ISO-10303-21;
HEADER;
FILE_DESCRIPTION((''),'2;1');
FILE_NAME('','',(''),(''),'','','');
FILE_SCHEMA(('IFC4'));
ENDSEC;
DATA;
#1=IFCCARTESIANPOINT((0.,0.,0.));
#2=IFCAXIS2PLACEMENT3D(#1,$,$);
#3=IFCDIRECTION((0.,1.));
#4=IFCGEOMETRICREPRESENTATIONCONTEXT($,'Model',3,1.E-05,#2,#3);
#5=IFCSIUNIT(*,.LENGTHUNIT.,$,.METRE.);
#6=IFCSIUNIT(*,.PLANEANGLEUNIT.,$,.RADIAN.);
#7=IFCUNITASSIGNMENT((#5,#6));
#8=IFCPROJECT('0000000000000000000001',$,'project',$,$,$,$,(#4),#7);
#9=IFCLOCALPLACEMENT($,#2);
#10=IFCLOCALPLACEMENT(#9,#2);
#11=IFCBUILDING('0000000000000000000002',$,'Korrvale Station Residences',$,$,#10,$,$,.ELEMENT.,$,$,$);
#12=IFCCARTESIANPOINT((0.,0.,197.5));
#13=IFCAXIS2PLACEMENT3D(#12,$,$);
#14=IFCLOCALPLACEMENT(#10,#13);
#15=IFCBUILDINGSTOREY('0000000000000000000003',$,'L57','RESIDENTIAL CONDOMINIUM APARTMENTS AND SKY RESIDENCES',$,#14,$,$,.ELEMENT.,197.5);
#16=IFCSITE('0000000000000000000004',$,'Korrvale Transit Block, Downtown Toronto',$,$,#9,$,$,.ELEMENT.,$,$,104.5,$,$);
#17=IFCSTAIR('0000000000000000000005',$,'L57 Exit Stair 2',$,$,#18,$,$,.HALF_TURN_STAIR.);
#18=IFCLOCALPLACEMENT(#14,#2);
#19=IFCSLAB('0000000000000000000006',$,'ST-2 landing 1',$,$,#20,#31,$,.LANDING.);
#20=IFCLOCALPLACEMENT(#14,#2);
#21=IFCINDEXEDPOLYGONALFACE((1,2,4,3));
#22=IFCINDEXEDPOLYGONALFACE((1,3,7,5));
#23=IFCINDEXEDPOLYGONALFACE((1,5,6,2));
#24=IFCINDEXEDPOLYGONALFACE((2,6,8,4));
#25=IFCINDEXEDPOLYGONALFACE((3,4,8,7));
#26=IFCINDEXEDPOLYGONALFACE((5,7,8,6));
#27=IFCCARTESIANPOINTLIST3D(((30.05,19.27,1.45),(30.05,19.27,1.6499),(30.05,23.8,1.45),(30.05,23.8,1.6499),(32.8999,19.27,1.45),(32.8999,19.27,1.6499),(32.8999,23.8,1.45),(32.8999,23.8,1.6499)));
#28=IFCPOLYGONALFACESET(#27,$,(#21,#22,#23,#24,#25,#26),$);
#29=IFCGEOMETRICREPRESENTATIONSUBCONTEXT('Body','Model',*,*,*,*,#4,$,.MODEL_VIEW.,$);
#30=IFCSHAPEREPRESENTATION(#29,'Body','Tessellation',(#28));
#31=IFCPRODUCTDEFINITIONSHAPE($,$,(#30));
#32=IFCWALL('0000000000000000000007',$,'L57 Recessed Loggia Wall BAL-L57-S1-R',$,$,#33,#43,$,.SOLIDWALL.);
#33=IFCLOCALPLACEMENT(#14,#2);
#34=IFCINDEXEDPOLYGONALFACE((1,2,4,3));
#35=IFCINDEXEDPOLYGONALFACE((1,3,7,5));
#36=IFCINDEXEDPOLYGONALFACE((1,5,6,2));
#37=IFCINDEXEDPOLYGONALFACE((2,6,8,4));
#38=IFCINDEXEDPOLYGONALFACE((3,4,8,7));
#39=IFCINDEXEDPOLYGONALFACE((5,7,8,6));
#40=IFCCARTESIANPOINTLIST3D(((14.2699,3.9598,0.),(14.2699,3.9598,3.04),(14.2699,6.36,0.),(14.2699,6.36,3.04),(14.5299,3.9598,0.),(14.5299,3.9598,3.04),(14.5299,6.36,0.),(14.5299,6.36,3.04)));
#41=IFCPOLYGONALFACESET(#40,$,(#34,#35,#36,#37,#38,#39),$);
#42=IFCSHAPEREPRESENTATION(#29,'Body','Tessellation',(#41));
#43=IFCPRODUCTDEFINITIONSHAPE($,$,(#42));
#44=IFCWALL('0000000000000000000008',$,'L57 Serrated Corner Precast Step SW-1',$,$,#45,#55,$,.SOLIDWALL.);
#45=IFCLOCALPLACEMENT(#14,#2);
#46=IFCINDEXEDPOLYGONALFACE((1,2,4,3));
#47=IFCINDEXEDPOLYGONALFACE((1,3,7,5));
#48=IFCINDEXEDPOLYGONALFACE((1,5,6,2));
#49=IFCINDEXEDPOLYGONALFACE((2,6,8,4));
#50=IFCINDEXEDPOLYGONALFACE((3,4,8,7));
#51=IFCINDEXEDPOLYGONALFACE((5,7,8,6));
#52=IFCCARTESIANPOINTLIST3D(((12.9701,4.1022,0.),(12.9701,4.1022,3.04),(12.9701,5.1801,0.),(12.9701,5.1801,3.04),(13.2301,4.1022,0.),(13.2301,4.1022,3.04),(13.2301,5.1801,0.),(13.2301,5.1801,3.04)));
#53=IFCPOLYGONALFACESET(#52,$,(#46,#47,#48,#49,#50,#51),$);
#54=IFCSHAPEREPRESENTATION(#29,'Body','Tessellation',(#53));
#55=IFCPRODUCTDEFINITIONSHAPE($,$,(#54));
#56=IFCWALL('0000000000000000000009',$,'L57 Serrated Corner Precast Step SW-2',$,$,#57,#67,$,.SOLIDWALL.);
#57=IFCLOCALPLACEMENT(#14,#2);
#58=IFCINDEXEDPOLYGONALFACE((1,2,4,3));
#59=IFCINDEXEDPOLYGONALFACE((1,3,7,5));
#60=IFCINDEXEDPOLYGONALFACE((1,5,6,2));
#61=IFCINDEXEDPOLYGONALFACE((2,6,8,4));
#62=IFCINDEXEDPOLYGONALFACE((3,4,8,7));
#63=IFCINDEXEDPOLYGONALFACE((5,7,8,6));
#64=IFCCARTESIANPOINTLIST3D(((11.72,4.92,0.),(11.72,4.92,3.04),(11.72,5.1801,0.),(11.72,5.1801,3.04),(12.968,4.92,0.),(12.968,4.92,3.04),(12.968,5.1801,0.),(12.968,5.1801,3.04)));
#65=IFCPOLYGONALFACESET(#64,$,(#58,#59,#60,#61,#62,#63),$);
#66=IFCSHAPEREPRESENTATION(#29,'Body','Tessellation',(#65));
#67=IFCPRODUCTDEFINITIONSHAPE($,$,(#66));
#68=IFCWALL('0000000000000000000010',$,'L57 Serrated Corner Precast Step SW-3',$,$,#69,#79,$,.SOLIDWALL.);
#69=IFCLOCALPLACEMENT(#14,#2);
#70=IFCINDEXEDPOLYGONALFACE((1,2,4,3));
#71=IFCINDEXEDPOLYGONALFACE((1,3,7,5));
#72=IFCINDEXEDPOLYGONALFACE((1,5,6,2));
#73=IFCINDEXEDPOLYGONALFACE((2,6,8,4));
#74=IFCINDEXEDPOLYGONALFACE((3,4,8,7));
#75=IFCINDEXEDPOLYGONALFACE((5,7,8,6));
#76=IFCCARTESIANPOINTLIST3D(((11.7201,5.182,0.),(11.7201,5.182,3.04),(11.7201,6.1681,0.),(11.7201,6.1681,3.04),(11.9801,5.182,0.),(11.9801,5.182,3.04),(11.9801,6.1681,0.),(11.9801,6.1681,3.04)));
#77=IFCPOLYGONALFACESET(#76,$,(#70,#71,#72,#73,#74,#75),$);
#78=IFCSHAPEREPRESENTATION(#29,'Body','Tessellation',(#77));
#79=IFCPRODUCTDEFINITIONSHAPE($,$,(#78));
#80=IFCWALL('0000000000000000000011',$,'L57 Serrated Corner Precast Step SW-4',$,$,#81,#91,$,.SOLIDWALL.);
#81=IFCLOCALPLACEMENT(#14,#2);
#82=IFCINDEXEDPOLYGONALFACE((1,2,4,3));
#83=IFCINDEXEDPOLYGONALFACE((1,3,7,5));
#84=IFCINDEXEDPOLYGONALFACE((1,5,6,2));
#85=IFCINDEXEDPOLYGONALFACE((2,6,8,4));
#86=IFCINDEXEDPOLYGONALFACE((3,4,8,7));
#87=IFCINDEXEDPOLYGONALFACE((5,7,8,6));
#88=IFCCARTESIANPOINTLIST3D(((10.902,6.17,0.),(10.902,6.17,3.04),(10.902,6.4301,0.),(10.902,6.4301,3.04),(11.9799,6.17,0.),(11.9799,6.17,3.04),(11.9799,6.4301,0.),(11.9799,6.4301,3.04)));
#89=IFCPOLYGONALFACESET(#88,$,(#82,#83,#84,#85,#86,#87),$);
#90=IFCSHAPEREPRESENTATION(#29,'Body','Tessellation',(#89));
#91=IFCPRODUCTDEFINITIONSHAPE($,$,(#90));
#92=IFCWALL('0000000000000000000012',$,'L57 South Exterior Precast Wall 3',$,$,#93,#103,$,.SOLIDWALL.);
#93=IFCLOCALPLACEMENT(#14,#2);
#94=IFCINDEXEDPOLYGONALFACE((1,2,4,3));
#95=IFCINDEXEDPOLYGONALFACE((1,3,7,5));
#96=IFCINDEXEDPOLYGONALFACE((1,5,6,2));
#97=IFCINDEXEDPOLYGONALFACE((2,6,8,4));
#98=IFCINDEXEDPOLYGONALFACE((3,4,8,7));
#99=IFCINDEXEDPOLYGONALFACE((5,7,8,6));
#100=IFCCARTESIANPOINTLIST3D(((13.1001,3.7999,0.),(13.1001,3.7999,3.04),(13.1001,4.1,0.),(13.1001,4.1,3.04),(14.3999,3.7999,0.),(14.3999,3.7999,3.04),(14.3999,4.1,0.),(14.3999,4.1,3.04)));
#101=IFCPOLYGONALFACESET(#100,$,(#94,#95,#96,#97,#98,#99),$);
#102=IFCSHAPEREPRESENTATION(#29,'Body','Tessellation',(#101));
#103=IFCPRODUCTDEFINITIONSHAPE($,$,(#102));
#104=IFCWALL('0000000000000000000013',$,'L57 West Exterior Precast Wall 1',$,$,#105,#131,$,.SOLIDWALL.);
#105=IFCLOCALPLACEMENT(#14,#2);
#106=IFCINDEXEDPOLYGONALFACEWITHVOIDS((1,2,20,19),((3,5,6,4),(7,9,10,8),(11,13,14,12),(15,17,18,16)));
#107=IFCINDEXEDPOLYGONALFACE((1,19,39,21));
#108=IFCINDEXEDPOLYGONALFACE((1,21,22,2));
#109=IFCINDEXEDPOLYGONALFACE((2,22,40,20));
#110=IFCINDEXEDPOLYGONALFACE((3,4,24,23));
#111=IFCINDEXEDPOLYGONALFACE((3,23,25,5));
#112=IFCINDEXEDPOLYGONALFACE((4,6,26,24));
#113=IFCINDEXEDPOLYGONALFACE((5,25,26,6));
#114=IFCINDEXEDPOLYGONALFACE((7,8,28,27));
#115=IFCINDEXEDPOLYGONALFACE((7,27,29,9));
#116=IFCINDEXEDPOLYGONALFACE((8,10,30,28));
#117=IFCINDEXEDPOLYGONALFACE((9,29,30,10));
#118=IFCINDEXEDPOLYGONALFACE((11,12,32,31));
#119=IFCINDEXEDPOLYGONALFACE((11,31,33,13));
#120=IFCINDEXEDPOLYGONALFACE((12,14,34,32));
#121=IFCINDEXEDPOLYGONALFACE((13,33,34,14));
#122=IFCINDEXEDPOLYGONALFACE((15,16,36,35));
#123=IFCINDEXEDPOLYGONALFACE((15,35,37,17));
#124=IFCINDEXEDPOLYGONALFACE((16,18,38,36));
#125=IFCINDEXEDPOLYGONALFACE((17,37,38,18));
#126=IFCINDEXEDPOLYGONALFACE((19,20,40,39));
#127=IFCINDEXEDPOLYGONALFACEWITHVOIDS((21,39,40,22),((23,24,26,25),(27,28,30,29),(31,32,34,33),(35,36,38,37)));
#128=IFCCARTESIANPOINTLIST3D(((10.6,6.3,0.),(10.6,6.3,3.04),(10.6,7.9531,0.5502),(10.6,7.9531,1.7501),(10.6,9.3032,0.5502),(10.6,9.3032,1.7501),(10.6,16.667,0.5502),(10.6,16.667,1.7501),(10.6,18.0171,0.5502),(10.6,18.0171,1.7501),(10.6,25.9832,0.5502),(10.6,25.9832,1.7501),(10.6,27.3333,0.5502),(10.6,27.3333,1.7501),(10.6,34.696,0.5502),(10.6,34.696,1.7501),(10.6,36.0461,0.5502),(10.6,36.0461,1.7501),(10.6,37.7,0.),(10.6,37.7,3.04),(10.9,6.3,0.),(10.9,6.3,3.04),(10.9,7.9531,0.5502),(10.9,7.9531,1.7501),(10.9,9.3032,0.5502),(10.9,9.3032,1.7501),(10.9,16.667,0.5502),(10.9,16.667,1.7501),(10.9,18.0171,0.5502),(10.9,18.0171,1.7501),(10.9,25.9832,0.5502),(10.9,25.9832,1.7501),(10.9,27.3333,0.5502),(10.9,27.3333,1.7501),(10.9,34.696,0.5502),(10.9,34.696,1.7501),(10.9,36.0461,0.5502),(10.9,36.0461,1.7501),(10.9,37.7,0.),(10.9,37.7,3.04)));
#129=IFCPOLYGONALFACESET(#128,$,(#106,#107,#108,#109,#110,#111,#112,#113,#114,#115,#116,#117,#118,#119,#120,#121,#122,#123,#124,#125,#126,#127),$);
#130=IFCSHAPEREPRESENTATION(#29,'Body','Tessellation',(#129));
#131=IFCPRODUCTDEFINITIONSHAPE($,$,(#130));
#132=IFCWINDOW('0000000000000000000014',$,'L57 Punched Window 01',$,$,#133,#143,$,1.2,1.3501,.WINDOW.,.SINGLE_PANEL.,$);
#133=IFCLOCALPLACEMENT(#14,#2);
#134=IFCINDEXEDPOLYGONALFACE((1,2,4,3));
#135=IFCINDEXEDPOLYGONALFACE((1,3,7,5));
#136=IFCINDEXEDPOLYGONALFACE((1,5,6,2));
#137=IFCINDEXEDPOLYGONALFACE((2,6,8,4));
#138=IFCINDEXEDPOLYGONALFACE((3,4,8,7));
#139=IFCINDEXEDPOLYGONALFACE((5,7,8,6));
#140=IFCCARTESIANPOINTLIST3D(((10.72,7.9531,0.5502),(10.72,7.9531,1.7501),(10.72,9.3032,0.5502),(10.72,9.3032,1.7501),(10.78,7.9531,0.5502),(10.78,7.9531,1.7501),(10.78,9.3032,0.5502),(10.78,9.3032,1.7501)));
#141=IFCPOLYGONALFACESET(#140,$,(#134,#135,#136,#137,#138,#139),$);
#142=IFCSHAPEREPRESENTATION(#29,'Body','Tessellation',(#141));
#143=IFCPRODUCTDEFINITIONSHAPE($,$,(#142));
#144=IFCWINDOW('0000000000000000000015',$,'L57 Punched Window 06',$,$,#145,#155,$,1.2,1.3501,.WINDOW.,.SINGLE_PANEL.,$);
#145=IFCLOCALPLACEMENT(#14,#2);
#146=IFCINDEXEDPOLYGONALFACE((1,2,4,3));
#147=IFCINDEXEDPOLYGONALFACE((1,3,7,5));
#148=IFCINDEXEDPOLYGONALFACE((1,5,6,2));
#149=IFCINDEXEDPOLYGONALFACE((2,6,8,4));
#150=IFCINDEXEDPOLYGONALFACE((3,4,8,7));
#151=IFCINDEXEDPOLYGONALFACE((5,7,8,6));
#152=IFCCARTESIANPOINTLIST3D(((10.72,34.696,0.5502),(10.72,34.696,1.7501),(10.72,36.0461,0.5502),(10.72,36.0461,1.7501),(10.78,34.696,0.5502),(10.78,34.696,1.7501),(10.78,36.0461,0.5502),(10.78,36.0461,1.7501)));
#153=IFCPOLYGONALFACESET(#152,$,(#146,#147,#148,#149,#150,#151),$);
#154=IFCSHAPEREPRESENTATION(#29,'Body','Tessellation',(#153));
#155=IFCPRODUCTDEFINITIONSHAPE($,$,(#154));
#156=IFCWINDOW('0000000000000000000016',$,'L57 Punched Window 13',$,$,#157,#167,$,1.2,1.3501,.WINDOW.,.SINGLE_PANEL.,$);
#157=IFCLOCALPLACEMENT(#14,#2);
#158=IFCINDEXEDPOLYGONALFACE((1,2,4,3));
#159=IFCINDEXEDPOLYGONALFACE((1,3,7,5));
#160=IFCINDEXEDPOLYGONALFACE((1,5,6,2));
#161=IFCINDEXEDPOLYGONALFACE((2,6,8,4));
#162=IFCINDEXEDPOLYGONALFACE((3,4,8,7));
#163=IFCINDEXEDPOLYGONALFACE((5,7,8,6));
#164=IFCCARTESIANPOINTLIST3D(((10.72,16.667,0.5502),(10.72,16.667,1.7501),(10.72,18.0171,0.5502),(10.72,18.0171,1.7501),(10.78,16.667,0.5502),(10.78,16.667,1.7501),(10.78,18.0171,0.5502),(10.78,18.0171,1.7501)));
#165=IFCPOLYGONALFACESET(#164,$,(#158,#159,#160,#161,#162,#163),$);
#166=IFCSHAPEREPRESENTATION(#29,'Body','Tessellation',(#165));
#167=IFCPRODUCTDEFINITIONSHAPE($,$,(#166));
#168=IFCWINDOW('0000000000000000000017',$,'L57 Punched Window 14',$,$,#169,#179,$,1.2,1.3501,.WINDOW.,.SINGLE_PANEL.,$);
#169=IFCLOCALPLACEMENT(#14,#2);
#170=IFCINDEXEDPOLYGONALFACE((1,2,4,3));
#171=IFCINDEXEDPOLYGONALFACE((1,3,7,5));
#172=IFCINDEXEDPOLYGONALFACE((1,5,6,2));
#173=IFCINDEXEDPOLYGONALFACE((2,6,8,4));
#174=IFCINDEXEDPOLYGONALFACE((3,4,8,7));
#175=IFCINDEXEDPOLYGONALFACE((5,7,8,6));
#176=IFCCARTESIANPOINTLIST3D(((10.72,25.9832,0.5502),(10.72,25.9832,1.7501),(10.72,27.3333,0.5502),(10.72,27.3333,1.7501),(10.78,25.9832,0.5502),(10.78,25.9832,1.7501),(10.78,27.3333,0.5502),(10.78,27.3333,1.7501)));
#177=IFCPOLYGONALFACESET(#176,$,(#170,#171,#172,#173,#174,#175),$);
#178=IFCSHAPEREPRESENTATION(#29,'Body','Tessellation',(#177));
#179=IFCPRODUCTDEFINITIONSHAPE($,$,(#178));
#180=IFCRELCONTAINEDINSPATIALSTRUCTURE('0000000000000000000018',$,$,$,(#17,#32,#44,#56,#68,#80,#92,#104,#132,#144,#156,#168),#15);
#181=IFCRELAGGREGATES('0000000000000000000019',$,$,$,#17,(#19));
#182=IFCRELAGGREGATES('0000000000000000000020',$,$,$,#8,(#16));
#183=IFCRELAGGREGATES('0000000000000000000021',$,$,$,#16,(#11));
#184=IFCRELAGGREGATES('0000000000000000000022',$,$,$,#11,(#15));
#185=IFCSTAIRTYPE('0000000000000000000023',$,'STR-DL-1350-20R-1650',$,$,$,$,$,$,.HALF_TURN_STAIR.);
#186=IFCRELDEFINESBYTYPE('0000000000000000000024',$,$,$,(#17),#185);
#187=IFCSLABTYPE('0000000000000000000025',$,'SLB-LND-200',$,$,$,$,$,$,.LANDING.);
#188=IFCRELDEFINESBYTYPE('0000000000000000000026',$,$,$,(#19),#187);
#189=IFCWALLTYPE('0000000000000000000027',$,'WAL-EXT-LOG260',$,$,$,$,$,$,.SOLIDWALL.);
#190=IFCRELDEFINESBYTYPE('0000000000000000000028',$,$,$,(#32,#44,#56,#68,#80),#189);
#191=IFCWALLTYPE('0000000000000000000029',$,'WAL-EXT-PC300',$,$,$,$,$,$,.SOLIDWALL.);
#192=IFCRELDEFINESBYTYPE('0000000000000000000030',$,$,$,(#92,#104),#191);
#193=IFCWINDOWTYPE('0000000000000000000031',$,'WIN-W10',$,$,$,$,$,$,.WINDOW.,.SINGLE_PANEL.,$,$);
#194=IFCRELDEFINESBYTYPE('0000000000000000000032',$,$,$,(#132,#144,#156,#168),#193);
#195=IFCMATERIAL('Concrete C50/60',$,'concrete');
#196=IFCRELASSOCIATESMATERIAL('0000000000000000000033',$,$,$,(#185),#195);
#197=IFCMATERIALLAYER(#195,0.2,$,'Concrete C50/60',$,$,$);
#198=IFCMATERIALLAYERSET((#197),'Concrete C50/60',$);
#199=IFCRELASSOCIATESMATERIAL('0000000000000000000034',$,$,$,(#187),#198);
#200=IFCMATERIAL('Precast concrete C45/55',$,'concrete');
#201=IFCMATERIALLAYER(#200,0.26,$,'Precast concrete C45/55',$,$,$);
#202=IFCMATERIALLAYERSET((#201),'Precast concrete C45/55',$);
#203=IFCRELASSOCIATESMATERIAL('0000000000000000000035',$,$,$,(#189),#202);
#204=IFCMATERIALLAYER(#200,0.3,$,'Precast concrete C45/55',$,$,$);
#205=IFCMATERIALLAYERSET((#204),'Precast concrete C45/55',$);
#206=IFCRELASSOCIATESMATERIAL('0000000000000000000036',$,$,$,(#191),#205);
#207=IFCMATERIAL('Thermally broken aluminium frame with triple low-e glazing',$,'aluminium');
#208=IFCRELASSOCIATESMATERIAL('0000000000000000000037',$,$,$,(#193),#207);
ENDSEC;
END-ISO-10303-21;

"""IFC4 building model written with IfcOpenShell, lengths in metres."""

from ifc_helpers import new_model, si_unit, direction, frame, frame_2d, origin, place, context, subcontext, project, spatial, polyline, rectangle, outline, extrude, material, layer, layer_set, type_object, element, fill, aggregate, save


model = new_model("IFC4")

# Units and contexts
model_context = context("Model", 3, precision=1e-05, world=origin(), true_north=direction((0.0, 1.0)))
body_context = subcontext(model_context, "Body", "Model", "MODEL_VIEW")
ifc_project = project(units=[si_unit("LENGTHUNIT", "METRE"), si_unit("PLANEANGLEUNIT", "RADIAN")], contexts=[model_context])

# Site, building, storey
site_placement = place(None, origin())
site = spatial("IfcSite", under=ifc_project, at=site_placement, Name="Korrvale Transit Block, Downtown Toronto", CompositionType="ELEMENT", RefElevation=104.5)
building_placement = place(site_placement, origin())
building = spatial("IfcBuilding", under=site, at=building_placement, Name="Korrvale Station Residences", CompositionType="ELEMENT")
storey_placement = place(building_placement, frame((0.0, 0.0, 197.5)))
storey = spatial("IfcBuildingStorey", under=building, at=storey_placement, Name="L57", Description="RESIDENTIAL CONDOMINIUM APARTMENTS AND SKY RESIDENCES", CompositionType="ELEMENT", Elevation=197.5)

# Shared definitions
ifc_material_1 = material(Name="Concrete C50/60", Category="concrete")

# Stair, slab
stair_type = type_object("IfcStairType", Name="STR-DL-1350-20R-1650", PredefinedType="HALF_TURN_STAIR", material=ifc_material_1)
ifc_layer_1 = layer(ifc_material_1, 0.2, Name="Concrete C50/60")
ifc_layer_set_1 = layer_set([ifc_layer_1], Name="Concrete C50/60")
slab_type_1 = type_object("IfcSlabType", Name="SLB-LND-200", PredefinedType="LANDING", material=ifc_layer_set_1)
stair_1_placement = place(storey_placement, origin())
stair_1 = element("IfcStair", 1, at=stair_1_placement, inside=storey, type_object=stair_type, Name="L57 Exit Stair 2", PredefinedType="HALF_TURN_STAIR")
slab_1_placement = place(storey_placement, frame((0.0, 0.0, 1.45)))
slab_1 = element("IfcSlab", 2, at=slab_1_placement, type_object=slab_type_1, Name="ST-2 landing 1", PredefinedType="LANDING", context=body_context, shape_type="SweptSolid", body=[
    extrude(outline(polyline([(32.8999, 19.27), (32.8999, 23.8), (30.05, 23.8), (30.05, 19.27), (32.8999, 19.27)])), origin(), (0.0, 0.0, 1.0), 0.2),
])
aggregate(stair_1, [slab_1])

# Walls
ifc_material_2 = material(Name="Precast concrete C45/55", Category="concrete")
ifc_layer_2 = layer(ifc_material_2, 0.26, Name="Precast concrete C45/55")
ifc_layer_set_2 = layer_set([ifc_layer_2], Name="Precast concrete C45/55")
wall_type_1 = type_object("IfcWallType", Name="WAL-EXT-LOG260", PredefinedType="SOLIDWALL", material=ifc_layer_set_2)
wall_1_placement = place(storey_placement, frame((14.3999, 6.3601, 0.0), z_axis=(0.0, 0.0, 1.0), x_axis=(0.0, -1.0, 0.0)))
element("IfcWall", 3, at=wall_1_placement, inside=storey, type_object=wall_type_1, Name="L57 Recessed Loggia Wall BAL-L57-S1-R", PredefinedType="SOLIDWALL", context=body_context, shape_type="SweptSolid", body=[
    extrude(rectangle(XDim=2.4001, YDim=0.26, at=frame_2d((1.2002, 0.0))), origin(), (0.0, 0.0, 1.0), 3.04),
])
wall_2_placement = place(storey_placement, frame((13.1001, 4.1021, 0.0), z_axis=(0.0, 0.0, 1.0), x_axis=(0.0, 1.0, 0.0)))
element("IfcWall", 4, at=wall_2_placement, inside=storey, type_object=wall_type_1, Name="L57 Serrated Corner Precast Step SW-1", PredefinedType="SOLIDWALL", context=body_context, shape_type="SweptSolid", body=[
    extrude(rectangle(XDim=1.0779, YDim=0.26, at=frame_2d((0.5391, 0.0))), origin(), (0.0, 0.0, 1.0), 3.04),
])
wall_3_placement = place(storey_placement, frame((12.968, 5.05, 0.0), z_axis=(0.0, 0.0, 1.0), x_axis=(-1.0, 0.0, 0.0)))
element("IfcWall", 5, at=wall_3_placement, inside=storey, type_object=wall_type_1, Name="L57 Serrated Corner Precast Step SW-2", PredefinedType="SOLIDWALL", context=body_context, shape_type="SweptSolid", body=[
    extrude(rectangle(XDim=1.248, YDim=0.26, at=frame_2d((0.624, 0.0))), origin(), (0.0, 0.0, 1.0), 3.04),
])
wall_4_placement = place(storey_placement, frame((11.8501, 5.1819, 0.0), z_axis=(0.0, 0.0, 1.0), x_axis=(0.0, 1.0, 0.0)))
element("IfcWall", 6, at=wall_4_placement, inside=storey, type_object=wall_type_1, Name="L57 Serrated Corner Precast Step SW-3", PredefinedType="SOLIDWALL", context=body_context, shape_type="SweptSolid", body=[
    extrude(rectangle(XDim=0.9861, YDim=0.26, at=frame_2d((0.4932, 0.0))), origin(), (0.0, 0.0, 1.0), 3.04),
])
wall_5_placement = place(storey_placement, frame((11.98, 6.3, 0.0), z_axis=(0.0, 0.0, 1.0), x_axis=(-1.0, 0.0, 0.0)))
element("IfcWall", 7, at=wall_5_placement, inside=storey, type_object=wall_type_1, Name="L57 Serrated Corner Precast Step SW-4", PredefinedType="SOLIDWALL", context=body_context, shape_type="SweptSolid", body=[
    extrude(rectangle(XDim=1.0779, YDim=0.26, at=frame_2d((0.5391, 0.0))), origin(), (0.0, 0.0, 1.0), 3.04),
])
ifc_layer_3 = layer(ifc_material_2, 0.3, Name="Precast concrete C45/55")
ifc_layer_set_3 = layer_set([ifc_layer_3], Name="Precast concrete C45/55")
wall_type_2 = type_object("IfcWallType", Name="WAL-EXT-PC300", PredefinedType="SOLIDWALL", material=ifc_layer_set_3)
wall_6_placement = place(storey_placement, frame((14.3999, 3.95, 0.0), z_axis=(0.0, 0.0, 1.0), x_axis=(-1.0, 0.0, 0.0)))
element("IfcWall", 8, at=wall_6_placement, inside=storey, type_object=wall_type_2, Name="L57 South Exterior Precast Wall 3", PredefinedType="SOLIDWALL", context=body_context, shape_type="SweptSolid", body=[
    extrude(rectangle(XDim=1.2998, YDim=0.3, at=frame_2d((0.6499, 0.0))), origin(), (0.0, 0.0, 1.0), 3.04),
])

# Wall, openings, windows
wall_7_placement = place(storey_placement, frame((10.75, 6.3, 0.0), z_axis=(0.0, 0.0, 1.0), x_axis=(0.0, 1.0, 0.0)))
wall_7 = element("IfcWall", 9, at=wall_7_placement, inside=storey, type_object=wall_type_2, Name="L57 West Exterior Precast Wall 1", PredefinedType="SOLIDWALL", context=body_context, shape_type="SweptSolid", body=[
    extrude(rectangle(XDim=31.3999, YDim=0.3, at=frame_2d((15.7, 0.0))), origin(), (0.0, 0.0, 1.0), 3.04),
])
opening_1_placement = place(wall_7_placement, frame((1.6531, 0.0, 0.55)))
opening_1 = element("IfcOpeningElement", 10, at=opening_1_placement, cuts=wall_7, PredefinedType="OPENING", context=body_context, shape_type="SweptSolid", body=[
    extrude(rectangle(XDim=1.3501, YDim=1.2, at=frame_2d((0.675, 0.6001))), frame((0.0, 0.1602, 0.0), z_axis=(0.0, -1.0, 0.0), x_axis=(1.0, 0.0, 0.0)), (0.0, 0.0, 1.0), 0.3201),
])
opening_2_placement = place(wall_7_placement, frame((28.396, 0.0, 0.55)))
opening_2 = element("IfcOpeningElement", 11, at=opening_2_placement, cuts=wall_7, PredefinedType="OPENING", context=body_context, shape_type="SweptSolid", body=[
    extrude(rectangle(XDim=1.3501, YDim=1.2, at=frame_2d((0.675, 0.6001))), frame((0.0, 0.1602, 0.0), z_axis=(0.0, -1.0, 0.0), x_axis=(1.0, 0.0, 0.0)), (0.0, 0.0, 1.0), 0.3201),
])
opening_3_placement = place(wall_7_placement, frame((10.3669, 0.0, 0.55)))
opening_3 = element("IfcOpeningElement", 12, at=opening_3_placement, cuts=wall_7, PredefinedType="OPENING", context=body_context, shape_type="SweptSolid", body=[
    extrude(rectangle(XDim=1.3501, YDim=1.2, at=frame_2d((0.675, 0.6001))), frame((0.0, 0.1602, 0.0), z_axis=(0.0, -1.0, 0.0), x_axis=(1.0, 0.0, 0.0)), (0.0, 0.0, 1.0), 0.3201),
])
opening_4_placement = place(wall_7_placement, frame((19.6831, 0.0, 0.55)))
opening_4 = element("IfcOpeningElement", 13, at=opening_4_placement, cuts=wall_7, PredefinedType="OPENING", context=body_context, shape_type="SweptSolid", body=[
    extrude(rectangle(XDim=1.3501, YDim=1.2, at=frame_2d((0.675, 0.6001))), frame((0.0, 0.1602, 0.0), z_axis=(0.0, -1.0, 0.0), x_axis=(1.0, 0.0, 0.0)), (0.0, 0.0, 1.0), 0.3201),
])
ifc_material_3 = material(Name="Thermally broken aluminium frame with triple low-e glazing", Category="aluminium")
window_type = type_object("IfcWindowType", Name="WIN-W10", PartitioningType="SINGLE_PANEL", PredefinedType="WINDOW", material=ifc_material_3)
window_1_placement = place(opening_1_placement, origin())
window_1 = element("IfcWindow", 14, at=window_1_placement, inside=storey, type_object=window_type, Name="L57 Punched Window 01", OverallHeight=1.2, OverallWidth=1.3501, PartitioningType="SINGLE_PANEL", PredefinedType="WINDOW", context=body_context, shape_type="SweptSolid", body=[
    extrude(rectangle(XDim=1.3501, YDim=1.2, at=frame_2d((0.675, 0.6001))), frame((0.0, 0.03, 0.0), z_axis=(0.0, -1.0, 0.0), x_axis=(1.0, 0.0, 0.0)), (0.0, 0.0, 1.0), 0.0601),
])
fill(opening_1, window_1)
window_2_placement = place(opening_2_placement, origin())
window_2 = element("IfcWindow", 15, at=window_2_placement, inside=storey, type_object=window_type, Name="L57 Punched Window 06", OverallHeight=1.2, OverallWidth=1.3501, PartitioningType="SINGLE_PANEL", PredefinedType="WINDOW", context=body_context, shape_type="SweptSolid", body=[
    extrude(rectangle(XDim=1.3501, YDim=1.2, at=frame_2d((0.675, 0.6001))), frame((0.0, 0.03, 0.0), z_axis=(0.0, -1.0, 0.0), x_axis=(1.0, 0.0, 0.0)), (0.0, 0.0, 1.0), 0.0601),
])
fill(opening_2, window_2)
window_3_placement = place(opening_3_placement, origin())
window_3 = element("IfcWindow", 16, at=window_3_placement, inside=storey, type_object=window_type, Name="L57 Punched Window 13", OverallHeight=1.2, OverallWidth=1.3501, PartitioningType="SINGLE_PANEL", PredefinedType="WINDOW", context=body_context, shape_type="SweptSolid", body=[
    extrude(rectangle(XDim=1.3501, YDim=1.2, at=frame_2d((0.675, 0.6001))), frame((0.0, 0.03, 0.0), z_axis=(0.0, -1.0, 0.0), x_axis=(1.0, 0.0, 0.0)), (0.0, 0.0, 1.0), 0.0601),
])
fill(opening_3, window_3)
window_4_placement = place(opening_4_placement, origin())
window_4 = element("IfcWindow", 17, at=window_4_placement, inside=storey, type_object=window_type, Name="L57 Punched Window 14", OverallHeight=1.2, OverallWidth=1.3501, PartitioningType="SINGLE_PANEL", PredefinedType="WINDOW", context=body_context, shape_type="SweptSolid", body=[
    extrude(rectangle(XDim=1.3501, YDim=1.2, at=frame_2d((0.675, 0.6001))), frame((0.0, 0.03, 0.0), z_axis=(0.0, -1.0, 0.0), x_axis=(1.0, 0.0, 0.0)), (0.0, 0.0, 1.0), 0.0601),
])
fill(opening_4, window_4)

save(model, "model.ifc")
